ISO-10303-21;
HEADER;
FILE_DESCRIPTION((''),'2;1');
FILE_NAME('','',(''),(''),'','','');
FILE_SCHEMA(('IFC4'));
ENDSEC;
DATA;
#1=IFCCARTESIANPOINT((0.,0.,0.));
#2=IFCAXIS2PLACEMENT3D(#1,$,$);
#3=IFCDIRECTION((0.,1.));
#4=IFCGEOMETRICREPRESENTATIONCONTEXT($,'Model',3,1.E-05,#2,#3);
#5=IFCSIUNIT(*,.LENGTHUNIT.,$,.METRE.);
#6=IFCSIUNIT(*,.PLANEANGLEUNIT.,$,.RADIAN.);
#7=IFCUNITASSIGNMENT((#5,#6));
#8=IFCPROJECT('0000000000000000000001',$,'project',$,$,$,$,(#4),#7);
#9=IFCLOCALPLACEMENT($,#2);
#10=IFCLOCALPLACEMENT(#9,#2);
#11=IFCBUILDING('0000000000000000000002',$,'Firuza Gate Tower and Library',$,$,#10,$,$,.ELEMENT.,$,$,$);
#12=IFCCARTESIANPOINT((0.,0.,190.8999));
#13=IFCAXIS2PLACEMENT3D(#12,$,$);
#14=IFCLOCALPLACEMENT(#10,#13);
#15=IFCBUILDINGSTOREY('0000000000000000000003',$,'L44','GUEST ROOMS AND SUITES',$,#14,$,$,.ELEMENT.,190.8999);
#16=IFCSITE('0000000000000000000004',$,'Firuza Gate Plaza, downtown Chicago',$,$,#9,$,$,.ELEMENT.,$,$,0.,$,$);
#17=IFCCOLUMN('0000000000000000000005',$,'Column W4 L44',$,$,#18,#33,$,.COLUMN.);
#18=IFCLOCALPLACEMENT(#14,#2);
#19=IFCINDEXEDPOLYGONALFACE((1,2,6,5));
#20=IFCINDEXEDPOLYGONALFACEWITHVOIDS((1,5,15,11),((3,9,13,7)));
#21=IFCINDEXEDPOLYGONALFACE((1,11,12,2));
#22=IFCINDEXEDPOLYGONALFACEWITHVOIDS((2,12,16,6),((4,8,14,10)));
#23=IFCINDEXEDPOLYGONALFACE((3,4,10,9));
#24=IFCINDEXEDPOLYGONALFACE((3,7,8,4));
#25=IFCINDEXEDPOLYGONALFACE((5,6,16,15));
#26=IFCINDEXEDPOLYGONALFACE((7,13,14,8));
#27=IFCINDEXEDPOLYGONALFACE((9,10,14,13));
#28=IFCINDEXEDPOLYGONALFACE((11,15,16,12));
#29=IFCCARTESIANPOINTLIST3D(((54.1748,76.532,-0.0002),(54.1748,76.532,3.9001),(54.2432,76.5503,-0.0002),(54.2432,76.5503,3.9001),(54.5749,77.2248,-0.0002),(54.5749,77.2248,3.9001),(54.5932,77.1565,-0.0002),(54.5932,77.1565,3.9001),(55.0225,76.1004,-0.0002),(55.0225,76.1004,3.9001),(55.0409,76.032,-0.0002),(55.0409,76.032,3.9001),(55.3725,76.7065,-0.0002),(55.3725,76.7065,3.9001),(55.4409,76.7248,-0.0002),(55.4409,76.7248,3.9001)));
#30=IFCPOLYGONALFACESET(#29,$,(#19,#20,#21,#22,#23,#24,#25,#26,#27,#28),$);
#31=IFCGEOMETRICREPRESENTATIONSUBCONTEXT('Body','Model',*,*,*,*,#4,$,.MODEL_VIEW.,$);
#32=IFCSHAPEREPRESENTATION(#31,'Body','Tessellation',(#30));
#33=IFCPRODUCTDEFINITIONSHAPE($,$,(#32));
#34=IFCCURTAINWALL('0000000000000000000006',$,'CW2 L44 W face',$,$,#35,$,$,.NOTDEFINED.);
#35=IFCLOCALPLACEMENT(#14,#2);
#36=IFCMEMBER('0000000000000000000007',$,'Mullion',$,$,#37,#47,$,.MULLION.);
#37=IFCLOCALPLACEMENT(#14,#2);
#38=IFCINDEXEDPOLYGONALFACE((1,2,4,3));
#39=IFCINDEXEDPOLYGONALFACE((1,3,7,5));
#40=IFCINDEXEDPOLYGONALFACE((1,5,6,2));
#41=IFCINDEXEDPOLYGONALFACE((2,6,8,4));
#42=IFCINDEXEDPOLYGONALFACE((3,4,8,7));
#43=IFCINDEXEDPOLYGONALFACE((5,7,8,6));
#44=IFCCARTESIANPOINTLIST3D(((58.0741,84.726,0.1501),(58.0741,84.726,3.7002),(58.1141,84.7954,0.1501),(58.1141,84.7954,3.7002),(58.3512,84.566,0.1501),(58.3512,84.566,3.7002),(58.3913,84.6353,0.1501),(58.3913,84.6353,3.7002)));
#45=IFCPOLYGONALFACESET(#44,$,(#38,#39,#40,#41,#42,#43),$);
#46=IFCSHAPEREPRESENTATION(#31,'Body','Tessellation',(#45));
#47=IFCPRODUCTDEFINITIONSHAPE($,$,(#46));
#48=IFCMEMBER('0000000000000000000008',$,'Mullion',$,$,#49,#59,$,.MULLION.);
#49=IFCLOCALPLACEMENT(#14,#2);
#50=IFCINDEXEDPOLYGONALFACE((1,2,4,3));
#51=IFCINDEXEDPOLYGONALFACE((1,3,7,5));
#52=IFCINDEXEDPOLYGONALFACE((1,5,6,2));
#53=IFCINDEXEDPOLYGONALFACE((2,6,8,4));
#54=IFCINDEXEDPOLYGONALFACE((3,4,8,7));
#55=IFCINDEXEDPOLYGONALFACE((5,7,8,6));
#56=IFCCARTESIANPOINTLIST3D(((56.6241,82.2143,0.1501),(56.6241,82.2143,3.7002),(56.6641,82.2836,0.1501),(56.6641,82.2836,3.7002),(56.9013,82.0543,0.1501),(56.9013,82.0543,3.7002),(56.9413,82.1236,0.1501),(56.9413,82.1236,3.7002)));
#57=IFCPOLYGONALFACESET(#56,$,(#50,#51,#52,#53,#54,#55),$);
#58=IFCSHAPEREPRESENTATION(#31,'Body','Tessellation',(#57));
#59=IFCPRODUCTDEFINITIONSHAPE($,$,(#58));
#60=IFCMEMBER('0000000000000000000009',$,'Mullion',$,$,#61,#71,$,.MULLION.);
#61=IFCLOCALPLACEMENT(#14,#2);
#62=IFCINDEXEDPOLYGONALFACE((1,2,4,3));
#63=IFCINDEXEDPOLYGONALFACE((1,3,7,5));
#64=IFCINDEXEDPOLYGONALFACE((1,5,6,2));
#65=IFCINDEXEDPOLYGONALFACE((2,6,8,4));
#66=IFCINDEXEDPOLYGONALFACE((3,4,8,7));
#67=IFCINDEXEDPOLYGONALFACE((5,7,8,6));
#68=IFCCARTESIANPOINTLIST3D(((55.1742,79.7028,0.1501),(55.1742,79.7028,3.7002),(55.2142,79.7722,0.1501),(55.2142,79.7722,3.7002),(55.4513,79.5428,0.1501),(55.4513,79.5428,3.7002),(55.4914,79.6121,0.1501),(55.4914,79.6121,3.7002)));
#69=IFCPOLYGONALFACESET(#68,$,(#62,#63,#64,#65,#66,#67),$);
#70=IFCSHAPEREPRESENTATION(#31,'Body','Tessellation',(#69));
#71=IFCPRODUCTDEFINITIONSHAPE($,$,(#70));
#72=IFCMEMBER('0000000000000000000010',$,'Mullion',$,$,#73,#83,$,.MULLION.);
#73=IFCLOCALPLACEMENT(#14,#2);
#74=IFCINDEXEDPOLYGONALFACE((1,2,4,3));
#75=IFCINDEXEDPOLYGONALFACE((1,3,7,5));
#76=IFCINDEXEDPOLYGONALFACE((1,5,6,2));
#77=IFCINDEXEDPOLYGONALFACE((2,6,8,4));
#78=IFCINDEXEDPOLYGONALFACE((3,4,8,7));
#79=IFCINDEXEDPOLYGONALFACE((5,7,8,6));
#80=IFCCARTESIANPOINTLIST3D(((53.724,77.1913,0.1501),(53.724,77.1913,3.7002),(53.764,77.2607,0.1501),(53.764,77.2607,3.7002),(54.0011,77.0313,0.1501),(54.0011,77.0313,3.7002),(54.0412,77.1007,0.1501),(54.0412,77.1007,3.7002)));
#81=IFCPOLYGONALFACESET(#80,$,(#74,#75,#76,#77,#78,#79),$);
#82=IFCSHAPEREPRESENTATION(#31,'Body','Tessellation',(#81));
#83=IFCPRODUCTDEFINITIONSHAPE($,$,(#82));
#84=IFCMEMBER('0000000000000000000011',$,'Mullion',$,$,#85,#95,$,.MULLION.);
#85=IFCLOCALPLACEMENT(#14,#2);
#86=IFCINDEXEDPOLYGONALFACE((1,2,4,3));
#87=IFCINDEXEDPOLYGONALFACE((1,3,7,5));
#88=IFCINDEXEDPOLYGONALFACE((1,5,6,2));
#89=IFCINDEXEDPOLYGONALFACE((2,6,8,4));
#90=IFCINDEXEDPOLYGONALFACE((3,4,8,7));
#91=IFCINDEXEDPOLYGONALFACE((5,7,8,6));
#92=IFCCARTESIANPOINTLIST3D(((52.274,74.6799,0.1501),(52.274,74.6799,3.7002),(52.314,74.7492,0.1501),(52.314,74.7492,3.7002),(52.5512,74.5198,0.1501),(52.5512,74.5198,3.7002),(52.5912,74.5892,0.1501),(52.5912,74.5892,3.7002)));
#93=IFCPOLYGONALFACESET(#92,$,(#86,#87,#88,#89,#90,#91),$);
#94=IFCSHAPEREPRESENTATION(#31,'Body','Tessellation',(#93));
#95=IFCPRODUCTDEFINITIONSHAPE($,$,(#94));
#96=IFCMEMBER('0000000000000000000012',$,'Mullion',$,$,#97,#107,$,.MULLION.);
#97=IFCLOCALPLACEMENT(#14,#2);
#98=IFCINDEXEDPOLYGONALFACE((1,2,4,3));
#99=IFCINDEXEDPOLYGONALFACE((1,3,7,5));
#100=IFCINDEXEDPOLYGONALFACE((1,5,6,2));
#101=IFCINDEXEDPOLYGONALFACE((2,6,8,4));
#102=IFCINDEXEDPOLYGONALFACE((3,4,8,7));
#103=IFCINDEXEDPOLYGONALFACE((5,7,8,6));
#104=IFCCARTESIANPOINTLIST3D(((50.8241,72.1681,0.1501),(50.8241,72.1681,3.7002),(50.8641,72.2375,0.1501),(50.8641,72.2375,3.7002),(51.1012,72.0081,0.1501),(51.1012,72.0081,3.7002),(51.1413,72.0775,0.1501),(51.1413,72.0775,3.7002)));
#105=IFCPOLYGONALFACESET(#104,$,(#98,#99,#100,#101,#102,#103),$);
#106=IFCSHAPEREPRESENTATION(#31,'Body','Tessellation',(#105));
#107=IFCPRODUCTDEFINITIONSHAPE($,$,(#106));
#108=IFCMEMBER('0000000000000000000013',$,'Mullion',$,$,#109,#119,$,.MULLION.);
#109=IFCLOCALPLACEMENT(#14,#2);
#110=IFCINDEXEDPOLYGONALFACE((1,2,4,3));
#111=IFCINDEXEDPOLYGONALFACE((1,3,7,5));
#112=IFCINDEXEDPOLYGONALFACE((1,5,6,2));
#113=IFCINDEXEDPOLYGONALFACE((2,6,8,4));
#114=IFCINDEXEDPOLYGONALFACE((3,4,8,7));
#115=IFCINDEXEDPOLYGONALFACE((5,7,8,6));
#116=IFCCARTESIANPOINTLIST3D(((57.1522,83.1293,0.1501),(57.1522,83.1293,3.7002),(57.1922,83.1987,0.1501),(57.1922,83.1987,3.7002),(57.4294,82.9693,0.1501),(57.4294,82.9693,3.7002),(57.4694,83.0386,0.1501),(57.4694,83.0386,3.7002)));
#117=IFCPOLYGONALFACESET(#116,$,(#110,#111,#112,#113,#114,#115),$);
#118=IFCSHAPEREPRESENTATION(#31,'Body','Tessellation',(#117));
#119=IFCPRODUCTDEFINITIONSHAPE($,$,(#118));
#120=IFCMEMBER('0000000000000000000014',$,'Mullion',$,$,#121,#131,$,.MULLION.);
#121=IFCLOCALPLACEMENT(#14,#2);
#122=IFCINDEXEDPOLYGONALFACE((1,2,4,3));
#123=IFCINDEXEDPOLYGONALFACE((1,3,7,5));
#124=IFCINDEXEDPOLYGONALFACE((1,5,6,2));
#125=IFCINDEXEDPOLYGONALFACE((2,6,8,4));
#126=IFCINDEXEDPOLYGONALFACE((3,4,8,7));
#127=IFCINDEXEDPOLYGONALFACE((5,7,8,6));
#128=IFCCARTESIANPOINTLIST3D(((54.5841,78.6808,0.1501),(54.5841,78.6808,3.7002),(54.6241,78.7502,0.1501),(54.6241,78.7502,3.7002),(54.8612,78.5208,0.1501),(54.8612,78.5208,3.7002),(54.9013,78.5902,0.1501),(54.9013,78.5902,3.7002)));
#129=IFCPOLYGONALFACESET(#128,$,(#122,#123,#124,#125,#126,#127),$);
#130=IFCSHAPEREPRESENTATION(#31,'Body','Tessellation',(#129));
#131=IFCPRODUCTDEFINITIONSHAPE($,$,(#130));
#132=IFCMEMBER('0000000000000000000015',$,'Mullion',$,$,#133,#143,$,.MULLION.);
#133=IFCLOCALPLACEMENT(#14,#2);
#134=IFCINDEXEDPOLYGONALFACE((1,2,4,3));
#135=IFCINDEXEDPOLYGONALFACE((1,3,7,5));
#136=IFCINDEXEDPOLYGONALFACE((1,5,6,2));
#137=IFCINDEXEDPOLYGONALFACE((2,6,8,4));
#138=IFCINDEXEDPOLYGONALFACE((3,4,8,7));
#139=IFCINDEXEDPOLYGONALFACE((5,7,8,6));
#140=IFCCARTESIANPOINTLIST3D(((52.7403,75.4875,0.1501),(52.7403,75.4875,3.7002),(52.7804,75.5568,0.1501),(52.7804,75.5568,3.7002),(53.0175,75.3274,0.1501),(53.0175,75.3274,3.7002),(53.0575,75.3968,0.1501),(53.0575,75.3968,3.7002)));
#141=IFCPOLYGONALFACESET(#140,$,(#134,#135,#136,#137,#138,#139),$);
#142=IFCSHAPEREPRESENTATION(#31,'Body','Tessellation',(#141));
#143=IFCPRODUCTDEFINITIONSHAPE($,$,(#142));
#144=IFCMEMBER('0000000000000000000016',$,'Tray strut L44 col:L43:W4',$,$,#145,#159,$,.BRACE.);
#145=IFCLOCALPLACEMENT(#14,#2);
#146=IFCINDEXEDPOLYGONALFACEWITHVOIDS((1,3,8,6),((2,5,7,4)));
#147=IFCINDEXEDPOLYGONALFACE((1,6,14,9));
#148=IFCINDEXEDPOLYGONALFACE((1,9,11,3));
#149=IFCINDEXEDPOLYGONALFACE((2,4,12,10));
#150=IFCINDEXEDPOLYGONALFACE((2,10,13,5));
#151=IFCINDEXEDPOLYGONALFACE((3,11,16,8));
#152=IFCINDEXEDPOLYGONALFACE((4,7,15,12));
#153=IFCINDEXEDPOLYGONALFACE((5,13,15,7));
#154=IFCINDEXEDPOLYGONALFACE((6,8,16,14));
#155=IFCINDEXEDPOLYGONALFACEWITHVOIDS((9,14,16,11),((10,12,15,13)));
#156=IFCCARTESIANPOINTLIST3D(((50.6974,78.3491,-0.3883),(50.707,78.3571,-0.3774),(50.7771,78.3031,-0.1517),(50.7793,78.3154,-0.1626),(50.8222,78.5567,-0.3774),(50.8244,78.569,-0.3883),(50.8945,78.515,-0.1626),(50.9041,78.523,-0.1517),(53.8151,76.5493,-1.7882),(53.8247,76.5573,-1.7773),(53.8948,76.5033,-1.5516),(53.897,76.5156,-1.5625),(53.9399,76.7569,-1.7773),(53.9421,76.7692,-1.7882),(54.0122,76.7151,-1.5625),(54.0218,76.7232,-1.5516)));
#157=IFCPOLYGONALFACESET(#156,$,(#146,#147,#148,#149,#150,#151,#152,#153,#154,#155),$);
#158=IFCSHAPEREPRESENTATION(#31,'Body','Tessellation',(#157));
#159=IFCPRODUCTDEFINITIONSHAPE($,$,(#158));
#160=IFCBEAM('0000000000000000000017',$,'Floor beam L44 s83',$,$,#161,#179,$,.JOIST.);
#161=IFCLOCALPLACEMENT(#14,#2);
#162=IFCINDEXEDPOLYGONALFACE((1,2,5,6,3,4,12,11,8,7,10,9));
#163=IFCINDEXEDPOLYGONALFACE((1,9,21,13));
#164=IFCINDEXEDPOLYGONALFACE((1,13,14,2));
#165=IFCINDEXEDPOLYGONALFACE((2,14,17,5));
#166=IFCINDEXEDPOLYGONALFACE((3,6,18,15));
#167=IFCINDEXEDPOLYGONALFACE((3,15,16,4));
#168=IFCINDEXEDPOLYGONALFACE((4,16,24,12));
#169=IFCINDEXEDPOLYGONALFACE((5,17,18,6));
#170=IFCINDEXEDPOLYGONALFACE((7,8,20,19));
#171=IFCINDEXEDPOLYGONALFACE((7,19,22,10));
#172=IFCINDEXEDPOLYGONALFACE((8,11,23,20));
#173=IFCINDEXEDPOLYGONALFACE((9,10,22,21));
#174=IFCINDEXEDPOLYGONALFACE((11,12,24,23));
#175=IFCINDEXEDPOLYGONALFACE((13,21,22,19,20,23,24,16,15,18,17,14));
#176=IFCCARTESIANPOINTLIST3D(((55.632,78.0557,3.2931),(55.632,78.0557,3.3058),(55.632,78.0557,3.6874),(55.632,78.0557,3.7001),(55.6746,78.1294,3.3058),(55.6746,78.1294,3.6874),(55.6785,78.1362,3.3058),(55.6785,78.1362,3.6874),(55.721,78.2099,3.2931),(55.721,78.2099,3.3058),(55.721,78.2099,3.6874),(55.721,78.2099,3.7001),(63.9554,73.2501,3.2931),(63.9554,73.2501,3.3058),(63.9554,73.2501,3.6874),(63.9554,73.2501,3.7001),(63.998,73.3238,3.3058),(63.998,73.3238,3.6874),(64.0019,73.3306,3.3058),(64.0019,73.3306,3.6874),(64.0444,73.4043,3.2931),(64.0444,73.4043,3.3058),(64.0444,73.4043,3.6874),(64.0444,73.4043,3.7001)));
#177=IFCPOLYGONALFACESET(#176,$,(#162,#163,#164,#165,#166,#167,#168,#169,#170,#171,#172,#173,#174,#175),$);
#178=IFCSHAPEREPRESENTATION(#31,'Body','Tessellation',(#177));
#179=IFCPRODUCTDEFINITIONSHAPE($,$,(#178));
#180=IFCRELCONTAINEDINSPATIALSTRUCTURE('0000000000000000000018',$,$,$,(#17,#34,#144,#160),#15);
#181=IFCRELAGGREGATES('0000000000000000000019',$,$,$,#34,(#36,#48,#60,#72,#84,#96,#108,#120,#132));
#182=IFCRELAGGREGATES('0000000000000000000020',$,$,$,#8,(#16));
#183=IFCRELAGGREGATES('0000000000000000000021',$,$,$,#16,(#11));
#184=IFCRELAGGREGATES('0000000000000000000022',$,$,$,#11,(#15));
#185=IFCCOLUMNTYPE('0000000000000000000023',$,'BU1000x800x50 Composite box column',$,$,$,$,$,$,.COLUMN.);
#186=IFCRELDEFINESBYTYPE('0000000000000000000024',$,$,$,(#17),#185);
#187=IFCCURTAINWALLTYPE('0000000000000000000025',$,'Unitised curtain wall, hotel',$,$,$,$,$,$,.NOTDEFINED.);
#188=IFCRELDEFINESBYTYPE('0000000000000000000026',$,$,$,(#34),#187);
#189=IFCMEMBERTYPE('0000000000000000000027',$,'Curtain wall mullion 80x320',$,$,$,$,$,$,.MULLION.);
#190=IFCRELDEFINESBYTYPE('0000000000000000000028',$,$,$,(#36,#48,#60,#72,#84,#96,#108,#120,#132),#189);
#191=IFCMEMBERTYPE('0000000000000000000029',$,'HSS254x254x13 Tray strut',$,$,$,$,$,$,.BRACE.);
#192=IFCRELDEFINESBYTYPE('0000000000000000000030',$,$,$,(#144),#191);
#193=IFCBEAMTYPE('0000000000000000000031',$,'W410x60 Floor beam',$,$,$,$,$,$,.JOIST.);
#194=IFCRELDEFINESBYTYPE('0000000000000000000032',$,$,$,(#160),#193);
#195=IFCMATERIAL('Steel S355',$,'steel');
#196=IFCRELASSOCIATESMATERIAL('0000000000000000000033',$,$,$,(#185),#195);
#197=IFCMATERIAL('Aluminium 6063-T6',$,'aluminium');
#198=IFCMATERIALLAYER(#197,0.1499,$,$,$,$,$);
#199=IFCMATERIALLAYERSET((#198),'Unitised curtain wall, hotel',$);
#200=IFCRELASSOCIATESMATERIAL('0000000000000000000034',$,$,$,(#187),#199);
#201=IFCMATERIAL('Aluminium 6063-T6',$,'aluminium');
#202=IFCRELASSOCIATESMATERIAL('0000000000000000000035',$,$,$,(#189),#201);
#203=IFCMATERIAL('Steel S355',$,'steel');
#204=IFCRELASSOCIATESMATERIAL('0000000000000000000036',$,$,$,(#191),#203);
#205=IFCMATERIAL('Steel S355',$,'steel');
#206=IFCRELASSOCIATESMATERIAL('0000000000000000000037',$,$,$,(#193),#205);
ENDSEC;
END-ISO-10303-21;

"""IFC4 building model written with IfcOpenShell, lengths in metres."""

from ifc_helpers import new_model, si_unit, direction, frame, origin, origin_2d, place, context, subcontext, project, spatial, rectangle, hollow_rectangle, i_section, extrude, material, layer, layer_set, material_profile, profile_set, type_object, element, aggregate, save


model = new_model("IFC4")

# Units and contexts
model_context = context("Model", 3, precision=1e-05, world=origin(), true_north=direction((0.0, 1.0)))
body_context = subcontext(model_context, "Body", "Model", "MODEL_VIEW")
ifc_project = project(units=[si_unit("LENGTHUNIT", "METRE"), si_unit("PLANEANGLEUNIT", "RADIAN")], contexts=[model_context])

# Site, building, storey
site_placement = place(None, origin())
site = spatial("IfcSite", under=ifc_project, at=site_placement, Name="Firuza Gate Plaza, downtown Chicago", CompositionType="ELEMENT", RefElevation=0.0)
building_placement = place(site_placement, origin())
building = spatial("IfcBuilding", under=site, at=building_placement, Name="Firuza Gate Tower and Library", CompositionType="ELEMENT")
storey_placement = place(building_placement, frame((0.0, 0.0, 190.8999)))
storey = spatial("IfcBuildingStorey", under=building, at=storey_placement, Name="L44", Description="GUEST ROOMS AND SUITES", CompositionType="ELEMENT", Elevation=190.8999)

# Column
ifc_material_1 = material(Name="Steel S355", Category="steel")
ifc_material_profile_1 = material_profile(ifc_material_1, hollow_rectangle(XDim=0.8, YDim=1.0, WallThickness=0.05, at=origin_2d()))
ifc_profile_set_1 = profile_set([ifc_material_profile_1], Name="Steel S355")
column_type = type_object("IfcColumnType", Name="BU1000x800x50 Composite box column", PredefinedType="COLUMN", material=ifc_profile_set_1)
column_placement = place(storey_placement, frame((54.8079, 76.6284, -0.0002), z_axis=(0.0, 0.0, 1.0), x_axis=(-0.5, -0.866025, 0.0)))
element("IfcColumn", 1, at=column_placement, inside=storey, type_object=column_type, Name="Column W4 L44", PredefinedType="COLUMN", context=body_context, shape_type="SweptSolid", body=[
    extrude(hollow_rectangle(XDim=0.8, YDim=1.0, WallThickness=0.05, at=origin_2d()), origin(), (0.0, 0.0, 1.0), 3.9004),
])

# Curtain wall, members
ifc_material_2 = material(Name="Aluminium 6063-T6", Category="aluminium")
ifc_layer_1 = layer(ifc_material_2, 0.1499)
ifc_layer_set_1 = layer_set([ifc_layer_1], Name="Unitised curtain wall, hotel")
curtain_wall_type = type_object("IfcCurtainWallType", Name="Unitised curtain wall, hotel", PredefinedType="NOTDEFINED", material=ifc_layer_set_1)
curtain_wall_placement = place(storey_placement, origin())
curtain_wall = element("IfcCurtainWall", 2, at=curtain_wall_placement, inside=storey, type_object=curtain_wall_type, Name="CW2 L44 W face", PredefinedType="NOTDEFINED")
ifc_material_3 = material(Name="Aluminium 6063-T6", Category="aluminium")
ifc_material_profile_2 = material_profile(ifc_material_3, rectangle(XDim=0.3201, YDim=0.0801, at=origin_2d()))
ifc_profile_set_2 = profile_set([ifc_material_profile_2], Name="Aluminium 6063-T6")
member_type_1 = type_object("IfcMemberType", Name="Curtain wall mullion 80x320", PredefinedType="MULLION", material=ifc_profile_set_2)
member_1_placement = place(storey_placement, frame((58.2327, 84.6807, 0.1501), z_axis=(0.0, 0.0, 1.0), x_axis=(0.866025, -0.5, 0.0)))
member_1 = element("IfcMember", 3, at=member_1_placement, type_object=member_type_1, Name="Mullion", PredefinedType="MULLION", context=body_context, shape_type="SweptSolid", body=[
    extrude(rectangle(XDim=0.3201, YDim=0.0801, at=origin_2d()), origin(), (0.0, 0.0, 1.0), 3.55),
])
member_2_placement = place(storey_placement, frame((56.7827, 82.1689, 0.1501), z_axis=(0.0, 0.0, 1.0), x_axis=(0.866025, -0.5, 0.0)))
member_2 = element("IfcMember", 4, at=member_2_placement, type_object=member_type_1, Name="Mullion", PredefinedType="MULLION", context=body_context, shape_type="SweptSolid", body=[
    extrude(rectangle(XDim=0.3201, YDim=0.0801, at=origin_2d()), origin(), (0.0, 0.0, 1.0), 3.55),
])
member_3_placement = place(storey_placement, frame((55.3328, 79.6575, 0.1501), z_axis=(0.0, 0.0, 1.0), x_axis=(0.866025, -0.5, 0.0)))
member_3 = element("IfcMember", 5, at=member_3_placement, type_object=member_type_1, Name="Mullion", PredefinedType="MULLION", context=body_context, shape_type="SweptSolid", body=[
    extrude(rectangle(XDim=0.3201, YDim=0.0801, at=origin_2d()), origin(), (0.0, 0.0, 1.0), 3.55),
])
member_4_placement = place(storey_placement, frame((53.8826, 77.146, 0.1501), z_axis=(0.0, 0.0, 1.0), x_axis=(0.866025, -0.5, 0.0)))
member_4 = element("IfcMember", 6, at=member_4_placement, type_object=member_type_1, Name="Mullion", PredefinedType="MULLION", context=body_context, shape_type="SweptSolid", body=[
    extrude(rectangle(XDim=0.3201, YDim=0.0801, at=origin_2d()), origin(), (0.0, 0.0, 1.0), 3.55),
])
member_5_placement = place(storey_placement, frame((52.4326, 74.6345, 0.1501), z_axis=(0.0, 0.0, 1.0), x_axis=(0.866025, -0.5, 0.0)))
member_5 = element("IfcMember", 7, at=member_5_placement, type_object=member_type_1, Name="Mullion", PredefinedType="MULLION", context=body_context, shape_type="SweptSolid", body=[
    extrude(rectangle(XDim=0.3201, YDim=0.0801, at=origin_2d()), origin(), (0.0, 0.0, 1.0), 3.55),
])
member_6_placement = place(storey_placement, frame((50.9827, 72.1228, 0.1501), z_axis=(0.0, 0.0, 1.0), x_axis=(0.866025, -0.5, 0.0)))
member_6 = element("IfcMember", 8, at=member_6_placement, type_object=member_type_1, Name="Mullion", PredefinedType="MULLION", context=body_context, shape_type="SweptSolid", body=[
    extrude(rectangle(XDim=0.3201, YDim=0.0801, at=origin_2d()), origin(), (0.0, 0.0, 1.0), 3.55),
])
member_7_placement = place(storey_placement, frame((57.3108, 83.084, 0.1501), z_axis=(0.0, 0.0, 1.0), x_axis=(0.866025, -0.5, 0.0)))
member_7 = element("IfcMember", 9, at=member_7_placement, type_object=member_type_1, Name="Mullion", PredefinedType="MULLION", context=body_context, shape_type="SweptSolid", body=[
    extrude(rectangle(XDim=0.3201, YDim=0.0801, at=origin_2d()), origin(), (0.0, 0.0, 1.0), 3.55),
])
member_8_placement = place(storey_placement, frame((54.7427, 78.6355, 0.1501), z_axis=(0.0, 0.0, 1.0), x_axis=(0.866025, -0.5, 0.0)))
member_8 = element("IfcMember", 10, at=member_8_placement, type_object=member_type_1, Name="Mullion", PredefinedType="MULLION", context=body_context, shape_type="SweptSolid", body=[
    extrude(rectangle(XDim=0.3201, YDim=0.0801, at=origin_2d()), origin(), (0.0, 0.0, 1.0), 3.55),
])
member_9_placement = place(storey_placement, frame((52.8989, 75.4421, 0.1501), z_axis=(0.0, 0.0, 1.0), x_axis=(0.866025, -0.5, 0.0)))
member_9 = element("IfcMember", 11, at=member_9_placement, type_object=member_type_1, Name="Mullion", PredefinedType="MULLION", context=body_context, shape_type="SweptSolid", body=[
    extrude(rectangle(XDim=0.3201, YDim=0.0801, at=origin_2d()), origin(), (0.0, 0.0, 1.0), 3.55),
])

# Member
ifc_material_4 = material(Name="Steel S355", Category="steel")
ifc_material_profile_3 = material_profile(ifc_material_4, hollow_rectangle(XDim=0.2539, YDim=0.2539, WallThickness=0.0117, at=origin_2d()))
ifc_profile_set_3 = profile_set([ifc_material_profile_3], Name="Steel S355")
member_type_2 = type_object("IfcMemberType", Name="HSS254x254x13 Tray strut", PredefinedType="BRACE", material=ifc_profile_set_3)
member_10_placement = place(storey_placement, frame((53.9185, 76.6362, -1.6699), z_axis=(-0.807165, 0.465969, 0.362434), x_axis=(-0.499961, -0.866048, 0.0)))
element("IfcMember", 12, at=member_10_placement, inside=storey, type_object=member_type_2, Name="Tray strut L44 col:L43:W4", PredefinedType="BRACE", context=body_context, shape_type="SweptSolid", body=[
    extrude(hollow_rectangle(XDim=0.2539, YDim=0.2539, WallThickness=0.0117, at=origin_2d()), origin(), (0.0, 0.0, 1.0), 3.8625),
])

# Beam
ifc_material_5 = material(Name="Steel S355", Category="steel")
ifc_material_profile_4 = material_profile(ifc_material_5, i_section(OverallWidth=0.178, OverallDepth=0.407, WebThickness=0.0078, FlangeThickness=0.0127, at=origin_2d()))
ifc_profile_set_4 = profile_set([ifc_material_profile_4], Name="Steel S355")
beam_type_1 = type_object("IfcBeamType", Name="W410x60 Floor beam", PredefinedType="JOIST", material=ifc_profile_set_4)
beam_1_placement = place(storey_placement, frame((55.6765, 78.1328, 3.4966), z_axis=(0.866021, -0.500008, 0.0), x_axis=(0.500008, 0.866021, 0.0)))
element("IfcBeam", 13, at=beam_1_placement, inside=storey, type_object=beam_type_1, Name="Floor beam L44 s83", PredefinedType="JOIST", context=body_context, shape_type="SweptSolid", body=[
    extrude(i_section(OverallWidth=0.178, OverallDepth=0.407, WebThickness=0.0078, FlangeThickness=0.0127, at=origin_2d()), origin(), (0.0, 0.0, 1.0), 9.6111),
])

aggregate(curtain_wall, [member_1, member_2, member_3, member_4, member_5, member_6, member_7, member_8, member_9])

save(model, "model.ifc")
